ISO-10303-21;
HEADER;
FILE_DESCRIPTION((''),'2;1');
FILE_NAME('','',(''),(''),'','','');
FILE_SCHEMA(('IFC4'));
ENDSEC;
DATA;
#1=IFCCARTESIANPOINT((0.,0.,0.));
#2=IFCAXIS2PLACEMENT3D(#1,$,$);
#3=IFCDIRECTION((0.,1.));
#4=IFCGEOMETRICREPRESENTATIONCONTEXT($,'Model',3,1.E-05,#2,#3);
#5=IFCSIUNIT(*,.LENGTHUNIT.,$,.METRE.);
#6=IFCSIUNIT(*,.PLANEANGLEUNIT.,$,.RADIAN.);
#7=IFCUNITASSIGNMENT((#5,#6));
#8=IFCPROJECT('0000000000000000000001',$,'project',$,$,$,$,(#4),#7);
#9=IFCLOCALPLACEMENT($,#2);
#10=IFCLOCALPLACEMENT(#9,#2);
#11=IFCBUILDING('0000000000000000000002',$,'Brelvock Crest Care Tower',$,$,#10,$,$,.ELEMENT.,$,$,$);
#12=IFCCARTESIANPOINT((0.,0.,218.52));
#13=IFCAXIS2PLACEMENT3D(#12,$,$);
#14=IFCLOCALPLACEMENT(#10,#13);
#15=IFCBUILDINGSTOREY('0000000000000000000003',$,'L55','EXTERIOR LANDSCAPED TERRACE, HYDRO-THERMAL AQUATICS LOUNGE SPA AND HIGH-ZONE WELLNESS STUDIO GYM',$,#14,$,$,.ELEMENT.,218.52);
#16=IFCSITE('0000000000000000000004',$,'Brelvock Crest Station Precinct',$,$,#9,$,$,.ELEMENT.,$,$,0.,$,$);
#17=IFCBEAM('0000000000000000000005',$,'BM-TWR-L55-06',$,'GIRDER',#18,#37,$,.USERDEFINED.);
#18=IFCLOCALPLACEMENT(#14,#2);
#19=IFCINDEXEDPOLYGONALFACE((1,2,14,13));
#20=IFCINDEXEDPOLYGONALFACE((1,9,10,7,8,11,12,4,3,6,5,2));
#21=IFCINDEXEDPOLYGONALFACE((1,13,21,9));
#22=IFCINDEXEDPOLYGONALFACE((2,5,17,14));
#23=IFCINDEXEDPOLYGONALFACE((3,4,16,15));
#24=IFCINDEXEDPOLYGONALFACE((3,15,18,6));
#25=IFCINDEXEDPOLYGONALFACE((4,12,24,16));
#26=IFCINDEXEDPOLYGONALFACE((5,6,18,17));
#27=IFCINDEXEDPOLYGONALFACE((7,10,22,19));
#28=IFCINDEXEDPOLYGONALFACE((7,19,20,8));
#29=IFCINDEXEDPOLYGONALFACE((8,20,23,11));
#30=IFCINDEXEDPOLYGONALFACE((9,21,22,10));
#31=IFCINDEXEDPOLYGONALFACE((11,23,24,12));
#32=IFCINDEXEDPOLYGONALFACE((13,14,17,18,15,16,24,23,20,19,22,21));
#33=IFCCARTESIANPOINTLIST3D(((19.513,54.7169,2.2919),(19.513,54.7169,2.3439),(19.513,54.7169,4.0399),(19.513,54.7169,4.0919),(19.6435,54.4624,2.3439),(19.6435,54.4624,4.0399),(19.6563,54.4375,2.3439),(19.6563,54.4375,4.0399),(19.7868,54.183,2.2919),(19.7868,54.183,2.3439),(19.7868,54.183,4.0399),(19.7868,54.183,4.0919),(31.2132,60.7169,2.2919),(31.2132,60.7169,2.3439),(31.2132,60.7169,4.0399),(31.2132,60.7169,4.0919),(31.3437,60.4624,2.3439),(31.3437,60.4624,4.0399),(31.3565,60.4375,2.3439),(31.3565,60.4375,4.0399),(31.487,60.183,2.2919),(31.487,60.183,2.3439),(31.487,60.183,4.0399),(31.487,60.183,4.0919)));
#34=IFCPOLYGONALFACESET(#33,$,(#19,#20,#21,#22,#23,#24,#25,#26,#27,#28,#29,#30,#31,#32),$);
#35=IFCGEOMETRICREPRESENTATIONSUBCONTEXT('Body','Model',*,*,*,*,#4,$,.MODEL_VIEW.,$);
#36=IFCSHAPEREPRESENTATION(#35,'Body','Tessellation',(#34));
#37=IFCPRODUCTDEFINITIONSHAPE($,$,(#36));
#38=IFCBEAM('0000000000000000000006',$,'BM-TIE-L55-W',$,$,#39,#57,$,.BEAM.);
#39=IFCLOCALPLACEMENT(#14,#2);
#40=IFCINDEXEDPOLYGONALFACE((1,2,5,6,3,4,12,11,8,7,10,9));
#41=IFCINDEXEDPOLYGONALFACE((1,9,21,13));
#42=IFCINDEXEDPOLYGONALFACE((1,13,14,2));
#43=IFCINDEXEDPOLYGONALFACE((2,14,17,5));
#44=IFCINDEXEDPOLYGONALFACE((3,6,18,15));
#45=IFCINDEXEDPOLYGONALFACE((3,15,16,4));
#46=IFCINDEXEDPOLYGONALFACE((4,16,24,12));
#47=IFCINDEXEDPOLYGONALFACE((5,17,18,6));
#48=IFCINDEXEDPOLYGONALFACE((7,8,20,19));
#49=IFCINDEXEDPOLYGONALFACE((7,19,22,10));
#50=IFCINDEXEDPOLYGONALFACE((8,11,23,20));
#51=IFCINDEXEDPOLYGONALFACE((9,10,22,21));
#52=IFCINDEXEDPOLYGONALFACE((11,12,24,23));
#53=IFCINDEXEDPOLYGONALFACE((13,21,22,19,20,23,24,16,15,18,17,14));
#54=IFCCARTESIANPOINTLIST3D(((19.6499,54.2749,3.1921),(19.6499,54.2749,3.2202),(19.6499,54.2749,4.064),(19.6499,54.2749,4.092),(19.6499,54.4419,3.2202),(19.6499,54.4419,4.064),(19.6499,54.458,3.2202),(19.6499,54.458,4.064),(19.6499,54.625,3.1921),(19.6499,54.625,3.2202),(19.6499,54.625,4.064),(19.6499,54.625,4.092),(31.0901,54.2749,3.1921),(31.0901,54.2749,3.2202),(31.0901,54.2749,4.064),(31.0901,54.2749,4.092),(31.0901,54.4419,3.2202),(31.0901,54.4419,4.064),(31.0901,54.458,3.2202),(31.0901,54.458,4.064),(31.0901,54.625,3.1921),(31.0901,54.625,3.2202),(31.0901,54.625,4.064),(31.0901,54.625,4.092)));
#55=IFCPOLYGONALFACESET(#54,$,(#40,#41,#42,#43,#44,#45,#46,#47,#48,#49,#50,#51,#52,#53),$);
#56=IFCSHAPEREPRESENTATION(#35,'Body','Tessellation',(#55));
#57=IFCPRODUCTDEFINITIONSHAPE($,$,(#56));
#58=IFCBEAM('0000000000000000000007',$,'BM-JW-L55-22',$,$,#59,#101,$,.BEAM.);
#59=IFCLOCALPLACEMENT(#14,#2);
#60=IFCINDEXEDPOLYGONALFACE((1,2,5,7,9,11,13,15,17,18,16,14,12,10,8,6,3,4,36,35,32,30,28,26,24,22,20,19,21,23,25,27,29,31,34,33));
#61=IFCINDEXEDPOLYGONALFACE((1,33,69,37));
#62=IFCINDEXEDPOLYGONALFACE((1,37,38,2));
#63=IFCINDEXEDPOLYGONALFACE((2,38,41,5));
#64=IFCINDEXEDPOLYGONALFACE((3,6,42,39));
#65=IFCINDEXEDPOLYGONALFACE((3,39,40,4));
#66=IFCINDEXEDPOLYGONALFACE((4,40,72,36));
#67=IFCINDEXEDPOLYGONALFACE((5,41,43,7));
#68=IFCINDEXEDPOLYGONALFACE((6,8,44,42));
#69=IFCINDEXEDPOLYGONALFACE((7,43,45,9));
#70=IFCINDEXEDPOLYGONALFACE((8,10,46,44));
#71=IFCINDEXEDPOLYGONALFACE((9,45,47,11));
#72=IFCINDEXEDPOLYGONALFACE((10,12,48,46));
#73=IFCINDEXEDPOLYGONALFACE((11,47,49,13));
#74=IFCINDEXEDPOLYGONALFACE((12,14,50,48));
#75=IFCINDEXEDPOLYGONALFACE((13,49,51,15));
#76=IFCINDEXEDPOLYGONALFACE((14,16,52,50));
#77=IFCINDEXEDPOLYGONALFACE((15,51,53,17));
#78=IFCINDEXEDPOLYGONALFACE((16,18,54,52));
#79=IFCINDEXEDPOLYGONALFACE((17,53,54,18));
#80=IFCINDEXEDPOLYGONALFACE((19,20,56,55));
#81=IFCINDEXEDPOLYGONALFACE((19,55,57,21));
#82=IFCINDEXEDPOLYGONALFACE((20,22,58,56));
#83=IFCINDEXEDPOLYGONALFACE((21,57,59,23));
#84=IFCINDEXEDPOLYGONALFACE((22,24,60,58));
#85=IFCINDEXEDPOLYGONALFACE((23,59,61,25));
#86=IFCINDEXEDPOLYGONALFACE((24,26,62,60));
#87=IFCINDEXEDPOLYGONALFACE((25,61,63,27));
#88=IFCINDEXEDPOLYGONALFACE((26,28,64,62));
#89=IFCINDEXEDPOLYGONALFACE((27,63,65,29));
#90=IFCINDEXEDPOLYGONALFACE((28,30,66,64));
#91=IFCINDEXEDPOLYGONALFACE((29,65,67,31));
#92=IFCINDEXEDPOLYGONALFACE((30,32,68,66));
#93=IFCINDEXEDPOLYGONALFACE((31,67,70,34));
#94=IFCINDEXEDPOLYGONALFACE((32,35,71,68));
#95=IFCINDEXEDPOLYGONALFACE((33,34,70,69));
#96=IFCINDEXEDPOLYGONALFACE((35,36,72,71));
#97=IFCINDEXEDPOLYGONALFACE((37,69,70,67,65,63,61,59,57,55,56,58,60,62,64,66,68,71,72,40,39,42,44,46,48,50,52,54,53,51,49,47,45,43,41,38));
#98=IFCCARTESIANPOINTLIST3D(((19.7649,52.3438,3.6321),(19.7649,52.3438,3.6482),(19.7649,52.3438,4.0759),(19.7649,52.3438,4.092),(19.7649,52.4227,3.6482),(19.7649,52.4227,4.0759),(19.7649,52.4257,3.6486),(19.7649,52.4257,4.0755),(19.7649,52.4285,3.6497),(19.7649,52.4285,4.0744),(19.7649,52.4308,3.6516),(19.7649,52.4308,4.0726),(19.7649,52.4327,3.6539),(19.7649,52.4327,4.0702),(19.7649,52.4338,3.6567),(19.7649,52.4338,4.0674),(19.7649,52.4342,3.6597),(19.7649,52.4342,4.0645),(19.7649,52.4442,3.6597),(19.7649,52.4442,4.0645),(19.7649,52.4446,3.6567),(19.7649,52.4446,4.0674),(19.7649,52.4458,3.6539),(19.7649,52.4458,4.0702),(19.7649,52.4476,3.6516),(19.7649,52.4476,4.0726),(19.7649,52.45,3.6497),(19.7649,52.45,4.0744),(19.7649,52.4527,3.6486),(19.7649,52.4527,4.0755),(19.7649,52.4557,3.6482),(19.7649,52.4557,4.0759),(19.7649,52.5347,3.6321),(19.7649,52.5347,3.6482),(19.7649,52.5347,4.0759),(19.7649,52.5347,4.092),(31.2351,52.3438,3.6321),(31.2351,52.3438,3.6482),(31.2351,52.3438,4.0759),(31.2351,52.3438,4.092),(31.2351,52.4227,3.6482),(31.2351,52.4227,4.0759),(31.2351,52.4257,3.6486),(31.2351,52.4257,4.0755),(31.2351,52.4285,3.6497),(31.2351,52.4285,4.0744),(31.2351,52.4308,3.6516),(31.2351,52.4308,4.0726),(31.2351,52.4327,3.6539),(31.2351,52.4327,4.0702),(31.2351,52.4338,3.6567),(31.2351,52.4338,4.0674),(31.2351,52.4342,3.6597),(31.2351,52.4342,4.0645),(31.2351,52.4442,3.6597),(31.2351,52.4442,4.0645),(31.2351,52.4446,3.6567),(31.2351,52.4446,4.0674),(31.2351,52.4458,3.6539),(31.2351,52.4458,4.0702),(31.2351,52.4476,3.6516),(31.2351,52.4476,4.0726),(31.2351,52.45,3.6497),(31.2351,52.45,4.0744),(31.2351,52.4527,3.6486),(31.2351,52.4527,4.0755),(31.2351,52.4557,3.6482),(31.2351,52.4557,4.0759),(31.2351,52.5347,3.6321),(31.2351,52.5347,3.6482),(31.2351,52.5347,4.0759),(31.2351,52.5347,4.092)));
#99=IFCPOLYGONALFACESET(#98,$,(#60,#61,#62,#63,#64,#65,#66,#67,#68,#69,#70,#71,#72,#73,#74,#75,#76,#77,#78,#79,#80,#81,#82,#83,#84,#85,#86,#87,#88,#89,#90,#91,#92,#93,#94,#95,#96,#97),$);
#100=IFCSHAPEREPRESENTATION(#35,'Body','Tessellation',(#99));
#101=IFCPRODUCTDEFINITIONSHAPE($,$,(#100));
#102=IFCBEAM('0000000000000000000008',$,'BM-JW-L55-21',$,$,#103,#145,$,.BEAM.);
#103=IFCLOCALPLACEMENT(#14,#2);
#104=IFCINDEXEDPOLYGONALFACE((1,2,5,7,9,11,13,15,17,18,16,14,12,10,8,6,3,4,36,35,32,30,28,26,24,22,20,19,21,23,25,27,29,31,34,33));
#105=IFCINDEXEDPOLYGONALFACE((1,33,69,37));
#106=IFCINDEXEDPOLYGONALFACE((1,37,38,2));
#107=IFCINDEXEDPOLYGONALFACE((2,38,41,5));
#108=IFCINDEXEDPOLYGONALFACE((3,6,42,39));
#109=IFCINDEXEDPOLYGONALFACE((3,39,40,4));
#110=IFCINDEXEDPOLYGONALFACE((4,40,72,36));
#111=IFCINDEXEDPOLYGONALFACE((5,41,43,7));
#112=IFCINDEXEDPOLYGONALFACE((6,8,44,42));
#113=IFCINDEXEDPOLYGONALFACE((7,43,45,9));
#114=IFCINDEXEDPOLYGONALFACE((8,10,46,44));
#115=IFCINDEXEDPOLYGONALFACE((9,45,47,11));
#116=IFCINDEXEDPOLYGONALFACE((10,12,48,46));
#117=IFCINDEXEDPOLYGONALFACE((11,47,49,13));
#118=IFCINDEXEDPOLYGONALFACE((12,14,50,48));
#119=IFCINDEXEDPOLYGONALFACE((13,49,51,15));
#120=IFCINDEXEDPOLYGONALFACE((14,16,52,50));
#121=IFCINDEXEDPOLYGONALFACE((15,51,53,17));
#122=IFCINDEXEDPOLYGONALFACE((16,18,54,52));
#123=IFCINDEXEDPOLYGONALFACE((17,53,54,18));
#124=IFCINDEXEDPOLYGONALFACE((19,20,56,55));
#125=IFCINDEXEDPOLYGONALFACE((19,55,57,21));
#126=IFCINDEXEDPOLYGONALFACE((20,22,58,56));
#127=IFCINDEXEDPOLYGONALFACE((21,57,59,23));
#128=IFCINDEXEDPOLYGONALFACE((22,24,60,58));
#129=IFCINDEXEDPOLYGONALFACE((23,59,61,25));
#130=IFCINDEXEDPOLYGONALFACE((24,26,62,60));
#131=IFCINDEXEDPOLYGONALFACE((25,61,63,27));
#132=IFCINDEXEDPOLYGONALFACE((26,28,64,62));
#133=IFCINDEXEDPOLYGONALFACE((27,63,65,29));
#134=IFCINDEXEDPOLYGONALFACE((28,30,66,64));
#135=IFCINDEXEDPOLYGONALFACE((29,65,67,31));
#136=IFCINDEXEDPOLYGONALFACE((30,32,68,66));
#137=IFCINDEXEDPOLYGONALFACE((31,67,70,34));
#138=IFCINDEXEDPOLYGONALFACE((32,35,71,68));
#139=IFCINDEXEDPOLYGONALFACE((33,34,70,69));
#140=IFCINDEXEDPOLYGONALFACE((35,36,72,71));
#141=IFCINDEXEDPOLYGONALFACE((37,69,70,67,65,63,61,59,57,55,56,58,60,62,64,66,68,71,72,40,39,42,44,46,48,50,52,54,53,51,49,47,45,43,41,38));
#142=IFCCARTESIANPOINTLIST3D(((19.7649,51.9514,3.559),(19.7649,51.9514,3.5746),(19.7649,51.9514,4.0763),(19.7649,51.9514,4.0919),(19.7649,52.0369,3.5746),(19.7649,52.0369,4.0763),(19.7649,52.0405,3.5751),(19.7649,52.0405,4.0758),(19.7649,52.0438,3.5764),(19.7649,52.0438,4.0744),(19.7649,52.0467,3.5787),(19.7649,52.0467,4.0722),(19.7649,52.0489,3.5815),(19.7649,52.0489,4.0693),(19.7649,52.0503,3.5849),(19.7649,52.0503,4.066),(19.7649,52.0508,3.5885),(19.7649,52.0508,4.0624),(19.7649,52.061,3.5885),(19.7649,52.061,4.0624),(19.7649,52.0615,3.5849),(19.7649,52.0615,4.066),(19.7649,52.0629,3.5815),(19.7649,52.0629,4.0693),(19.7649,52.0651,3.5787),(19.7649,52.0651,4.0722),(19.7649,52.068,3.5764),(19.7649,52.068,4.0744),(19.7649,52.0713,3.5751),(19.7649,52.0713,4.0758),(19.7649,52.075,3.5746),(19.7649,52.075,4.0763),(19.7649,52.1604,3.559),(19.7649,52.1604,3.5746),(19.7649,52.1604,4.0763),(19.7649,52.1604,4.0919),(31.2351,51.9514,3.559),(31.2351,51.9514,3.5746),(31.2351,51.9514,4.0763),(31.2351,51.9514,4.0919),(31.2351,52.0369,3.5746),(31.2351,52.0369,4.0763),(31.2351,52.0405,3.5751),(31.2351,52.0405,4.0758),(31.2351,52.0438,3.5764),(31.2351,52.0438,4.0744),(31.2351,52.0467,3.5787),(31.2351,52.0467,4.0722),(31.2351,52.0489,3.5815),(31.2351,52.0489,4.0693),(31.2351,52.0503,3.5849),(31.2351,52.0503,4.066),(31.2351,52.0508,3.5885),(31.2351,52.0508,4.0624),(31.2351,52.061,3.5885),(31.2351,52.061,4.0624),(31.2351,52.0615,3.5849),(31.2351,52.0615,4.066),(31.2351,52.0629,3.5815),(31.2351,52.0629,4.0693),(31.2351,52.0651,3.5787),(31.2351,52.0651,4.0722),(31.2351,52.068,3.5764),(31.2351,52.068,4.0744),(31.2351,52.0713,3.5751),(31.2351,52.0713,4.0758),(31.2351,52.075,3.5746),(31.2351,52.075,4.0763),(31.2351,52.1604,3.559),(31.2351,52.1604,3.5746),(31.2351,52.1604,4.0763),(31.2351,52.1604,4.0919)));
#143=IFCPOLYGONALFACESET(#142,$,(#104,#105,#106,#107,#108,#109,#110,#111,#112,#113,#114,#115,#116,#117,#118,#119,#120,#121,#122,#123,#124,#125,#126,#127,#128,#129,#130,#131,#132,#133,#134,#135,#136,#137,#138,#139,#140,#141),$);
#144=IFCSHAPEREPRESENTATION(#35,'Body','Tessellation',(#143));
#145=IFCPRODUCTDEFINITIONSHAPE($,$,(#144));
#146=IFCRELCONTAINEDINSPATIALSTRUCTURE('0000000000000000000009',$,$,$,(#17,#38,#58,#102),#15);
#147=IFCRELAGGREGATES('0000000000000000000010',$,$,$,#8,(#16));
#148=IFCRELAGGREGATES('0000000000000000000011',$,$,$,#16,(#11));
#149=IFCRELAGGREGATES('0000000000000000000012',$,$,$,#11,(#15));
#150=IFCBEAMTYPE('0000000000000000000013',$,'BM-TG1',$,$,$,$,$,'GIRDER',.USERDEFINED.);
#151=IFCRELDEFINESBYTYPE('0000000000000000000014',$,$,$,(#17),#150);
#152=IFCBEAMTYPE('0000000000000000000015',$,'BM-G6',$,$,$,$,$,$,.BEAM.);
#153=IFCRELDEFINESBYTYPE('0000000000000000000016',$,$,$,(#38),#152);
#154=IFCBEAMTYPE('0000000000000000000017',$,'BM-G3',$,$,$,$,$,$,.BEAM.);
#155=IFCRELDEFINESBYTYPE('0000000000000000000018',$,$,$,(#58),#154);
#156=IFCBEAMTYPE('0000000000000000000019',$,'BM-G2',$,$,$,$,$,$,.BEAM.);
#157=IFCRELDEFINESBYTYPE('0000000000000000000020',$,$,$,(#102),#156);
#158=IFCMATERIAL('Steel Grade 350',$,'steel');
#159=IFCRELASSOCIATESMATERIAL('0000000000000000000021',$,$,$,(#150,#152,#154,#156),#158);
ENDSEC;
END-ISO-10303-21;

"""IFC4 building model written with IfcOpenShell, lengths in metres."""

from ifc_helpers import new_model, si_unit, direction, frame, origin, origin_2d, place, context, subcontext, project, spatial, i_section, extrude, source, transform, mapped, material, material_profile, profile_set, type_object, element, save


model = new_model("IFC4")

# Units and contexts
model_context = context("Model", 3, precision=1e-05, world=origin(), true_north=direction((0.0, 1.0)))
body_context = subcontext(model_context, "Body", "Model", "MODEL_VIEW")
ifc_project = project(units=[si_unit("LENGTHUNIT", "METRE"), si_unit("PLANEANGLEUNIT", "RADIAN")], contexts=[model_context])

# Site, building, storey
site_placement = place(None, origin())
site = spatial("IfcSite", under=ifc_project, at=site_placement, Name="Brelvock Crest Station Precinct", CompositionType="ELEMENT", RefElevation=0.0)
building_placement = place(site_placement, origin())
building = spatial("IfcBuilding", under=site, at=building_placement, Name="Brelvock Crest Care Tower", CompositionType="ELEMENT")
storey_placement = place(building_placement, frame((0.0, 0.0, 218.52)))
storey = spatial("IfcBuildingStorey", under=building, at=storey_placement, Name="L55", Description="EXTERIOR LANDSCAPED TERRACE, HYDRO-THERMAL AQUATICS LOUNGE SPA AND HIGH-ZONE WELLNESS STUDIO GYM", CompositionType="ELEMENT", Elevation=218.52)

# Beams
ifc_material_1 = material(Name="Steel Grade 350", Category="steel")
ifc_material_profile_1 = material_profile(ifc_material_1, i_section(OverallWidth=0.6001, OverallDepth=1.8, WebThickness=0.0281, FlangeThickness=0.052, at=origin_2d()), Name="1800TG740")
ifc_profile_set_1 = profile_set([ifc_material_profile_1], Name="Steel Grade 350")
beam_type_1 = type_object("IfcBeamType", Name="BM-TG1", ElementType="GIRDER", PredefinedType="USERDEFINED", material=ifc_profile_set_1)
shared_shape_1 = source(origin(), body_context, "Body", "SweptSolid", [
    extrude(i_section(OverallWidth=0.6001, OverallDepth=1.8, WebThickness=0.0281, FlangeThickness=0.052, at=origin_2d()), origin(), (0.0, 0.0, 1.0), 13.1489),
])
beam_1_placement = place(storey_placement, frame((19.6499, 54.45, 3.1919), z_axis=(0.889821, 0.456311, 0.0), x_axis=(-0.456311, 0.889821, 0.0)))
element("IfcBeam", 1, at=beam_1_placement, inside=storey, type_object=beam_type_1, Name="BM-TWR-L55-06", ObjectType="GIRDER", PredefinedType="USERDEFINED", context=body_context, shape_type="MappedRepresentation", body=[
    mapped(shared_shape_1, transform((0.0, 0.0, 0.0), x_axis=(1.0, 0.0, 0.0), y_axis=(0.0, 1.0, 0.0), z_axis=(0.0, 0.0, 1.0), scale=1.0)),
])
ifc_material_profile_2 = material_profile(ifc_material_1, i_section(OverallWidth=0.3501, OverallDepth=0.8999, WebThickness=0.0161, FlangeThickness=0.0281, at=origin_2d()), Name="900WB257")
ifc_profile_set_2 = profile_set([ifc_material_profile_2], Name="Steel Grade 350")
beam_type_2 = type_object("IfcBeamType", Name="BM-G6", PredefinedType="BEAM", material=ifc_profile_set_2)
shared_shape_2 = source(origin(), body_context, "Body", "SweptSolid", [
    extrude(i_section(OverallWidth=0.3501, OverallDepth=0.8999, WebThickness=0.0161, FlangeThickness=0.0281, at=origin_2d()), origin(), (0.0, 0.0, 1.0), 11.4402),
])
beam_2_placement = place(storey_placement, frame((19.6499, 54.45, 3.6421), z_axis=(1.0, 0.0, 0.0), x_axis=(0.0, 1.0, 0.0)))
element("IfcBeam", 2, at=beam_2_placement, inside=storey, type_object=beam_type_2, Name="BM-TIE-L55-W", PredefinedType="BEAM", context=body_context, shape_type="MappedRepresentation", body=[
    mapped(shared_shape_2, transform((0.0, 0.0, 0.0), x_axis=(1.0, 0.0, 0.0), y_axis=(0.0, 1.0, 0.0), z_axis=(0.0, 0.0, 1.0), scale=1.0)),
])
ifc_material_profile_3 = material_profile(ifc_material_1, i_section(OverallWidth=0.1909, OverallDepth=0.46, WebThickness=0.01, FlangeThickness=0.0161, FilletRadius=0.0115, at=origin_2d()), Name="460UB82.1")
ifc_profile_set_3 = profile_set([ifc_material_profile_3], Name="Steel Grade 350")
beam_type_3 = type_object("IfcBeamType", Name="BM-G3", PredefinedType="BEAM", material=ifc_profile_set_3)
shared_shape_3 = source(origin(), body_context, "Body", "SweptSolid", [
    extrude(i_section(OverallWidth=0.1909, OverallDepth=0.46, WebThickness=0.01, FlangeThickness=0.0161, FilletRadius=0.0115, at=origin_2d()), origin(), (0.0, 0.0, 1.0), 11.4702),
])
beam_3_placement = place(storey_placement, frame((19.7649, 52.4392, 3.8621), z_axis=(1.0, 0.0, 0.0), x_axis=(0.0, 1.0, 0.0)))
element("IfcBeam", 3, at=beam_3_placement, inside=storey, type_object=beam_type_3, Name="BM-JW-L55-22", PredefinedType="BEAM", context=body_context, shape_type="MappedRepresentation", body=[
    mapped(shared_shape_3, transform((0.0, 0.0, 0.0), x_axis=(1.0, 0.0, 0.0), y_axis=(0.0, 1.0, 0.0), z_axis=(0.0, 0.0, 1.0), scale=1.0)),
])
ifc_material_profile_4 = material_profile(ifc_material_1, i_section(OverallWidth=0.209, OverallDepth=0.533, WebThickness=0.0103, FlangeThickness=0.0156, FilletRadius=0.0139, at=origin_2d()), Name="530UB92.4")
ifc_profile_set_4 = profile_set([ifc_material_profile_4], Name="Steel Grade 350")
beam_type_4 = type_object("IfcBeamType", Name="BM-G2", PredefinedType="BEAM", material=ifc_profile_set_4)
shared_shape_4 = source(origin(), body_context, "Body", "SweptSolid", [
    extrude(i_section(OverallWidth=0.209, OverallDepth=0.533, WebThickness=0.0103, FlangeThickness=0.0156, FilletRadius=0.0139, at=origin_2d()), origin(), (0.0, 0.0, 1.0), 11.4702),
])
for number, where, z_axis, x_axis, name in (
    (4, (19.7649, 52.0559, 3.8254), (1.0, 0.0, 0.0), (0.0, 1.0, 0.0), "BM-JW-L55-21"),
):
    element("IfcBeam", number, at=place(storey_placement, frame(where, z_axis=z_axis, x_axis=x_axis)), inside=storey, type_object=beam_type_4, Name=name, PredefinedType="BEAM", context=body_context, shape_type="MappedRepresentation", body=[
        mapped(shared_shape_4, transform((0.0, 0.0, 0.0), x_axis=(1.0, 0.0, 0.0), y_axis=(0.0, 1.0, 0.0), z_axis=(0.0, 0.0, 1.0), scale=1.0)),
    ])

save(model, "model.ifc")
